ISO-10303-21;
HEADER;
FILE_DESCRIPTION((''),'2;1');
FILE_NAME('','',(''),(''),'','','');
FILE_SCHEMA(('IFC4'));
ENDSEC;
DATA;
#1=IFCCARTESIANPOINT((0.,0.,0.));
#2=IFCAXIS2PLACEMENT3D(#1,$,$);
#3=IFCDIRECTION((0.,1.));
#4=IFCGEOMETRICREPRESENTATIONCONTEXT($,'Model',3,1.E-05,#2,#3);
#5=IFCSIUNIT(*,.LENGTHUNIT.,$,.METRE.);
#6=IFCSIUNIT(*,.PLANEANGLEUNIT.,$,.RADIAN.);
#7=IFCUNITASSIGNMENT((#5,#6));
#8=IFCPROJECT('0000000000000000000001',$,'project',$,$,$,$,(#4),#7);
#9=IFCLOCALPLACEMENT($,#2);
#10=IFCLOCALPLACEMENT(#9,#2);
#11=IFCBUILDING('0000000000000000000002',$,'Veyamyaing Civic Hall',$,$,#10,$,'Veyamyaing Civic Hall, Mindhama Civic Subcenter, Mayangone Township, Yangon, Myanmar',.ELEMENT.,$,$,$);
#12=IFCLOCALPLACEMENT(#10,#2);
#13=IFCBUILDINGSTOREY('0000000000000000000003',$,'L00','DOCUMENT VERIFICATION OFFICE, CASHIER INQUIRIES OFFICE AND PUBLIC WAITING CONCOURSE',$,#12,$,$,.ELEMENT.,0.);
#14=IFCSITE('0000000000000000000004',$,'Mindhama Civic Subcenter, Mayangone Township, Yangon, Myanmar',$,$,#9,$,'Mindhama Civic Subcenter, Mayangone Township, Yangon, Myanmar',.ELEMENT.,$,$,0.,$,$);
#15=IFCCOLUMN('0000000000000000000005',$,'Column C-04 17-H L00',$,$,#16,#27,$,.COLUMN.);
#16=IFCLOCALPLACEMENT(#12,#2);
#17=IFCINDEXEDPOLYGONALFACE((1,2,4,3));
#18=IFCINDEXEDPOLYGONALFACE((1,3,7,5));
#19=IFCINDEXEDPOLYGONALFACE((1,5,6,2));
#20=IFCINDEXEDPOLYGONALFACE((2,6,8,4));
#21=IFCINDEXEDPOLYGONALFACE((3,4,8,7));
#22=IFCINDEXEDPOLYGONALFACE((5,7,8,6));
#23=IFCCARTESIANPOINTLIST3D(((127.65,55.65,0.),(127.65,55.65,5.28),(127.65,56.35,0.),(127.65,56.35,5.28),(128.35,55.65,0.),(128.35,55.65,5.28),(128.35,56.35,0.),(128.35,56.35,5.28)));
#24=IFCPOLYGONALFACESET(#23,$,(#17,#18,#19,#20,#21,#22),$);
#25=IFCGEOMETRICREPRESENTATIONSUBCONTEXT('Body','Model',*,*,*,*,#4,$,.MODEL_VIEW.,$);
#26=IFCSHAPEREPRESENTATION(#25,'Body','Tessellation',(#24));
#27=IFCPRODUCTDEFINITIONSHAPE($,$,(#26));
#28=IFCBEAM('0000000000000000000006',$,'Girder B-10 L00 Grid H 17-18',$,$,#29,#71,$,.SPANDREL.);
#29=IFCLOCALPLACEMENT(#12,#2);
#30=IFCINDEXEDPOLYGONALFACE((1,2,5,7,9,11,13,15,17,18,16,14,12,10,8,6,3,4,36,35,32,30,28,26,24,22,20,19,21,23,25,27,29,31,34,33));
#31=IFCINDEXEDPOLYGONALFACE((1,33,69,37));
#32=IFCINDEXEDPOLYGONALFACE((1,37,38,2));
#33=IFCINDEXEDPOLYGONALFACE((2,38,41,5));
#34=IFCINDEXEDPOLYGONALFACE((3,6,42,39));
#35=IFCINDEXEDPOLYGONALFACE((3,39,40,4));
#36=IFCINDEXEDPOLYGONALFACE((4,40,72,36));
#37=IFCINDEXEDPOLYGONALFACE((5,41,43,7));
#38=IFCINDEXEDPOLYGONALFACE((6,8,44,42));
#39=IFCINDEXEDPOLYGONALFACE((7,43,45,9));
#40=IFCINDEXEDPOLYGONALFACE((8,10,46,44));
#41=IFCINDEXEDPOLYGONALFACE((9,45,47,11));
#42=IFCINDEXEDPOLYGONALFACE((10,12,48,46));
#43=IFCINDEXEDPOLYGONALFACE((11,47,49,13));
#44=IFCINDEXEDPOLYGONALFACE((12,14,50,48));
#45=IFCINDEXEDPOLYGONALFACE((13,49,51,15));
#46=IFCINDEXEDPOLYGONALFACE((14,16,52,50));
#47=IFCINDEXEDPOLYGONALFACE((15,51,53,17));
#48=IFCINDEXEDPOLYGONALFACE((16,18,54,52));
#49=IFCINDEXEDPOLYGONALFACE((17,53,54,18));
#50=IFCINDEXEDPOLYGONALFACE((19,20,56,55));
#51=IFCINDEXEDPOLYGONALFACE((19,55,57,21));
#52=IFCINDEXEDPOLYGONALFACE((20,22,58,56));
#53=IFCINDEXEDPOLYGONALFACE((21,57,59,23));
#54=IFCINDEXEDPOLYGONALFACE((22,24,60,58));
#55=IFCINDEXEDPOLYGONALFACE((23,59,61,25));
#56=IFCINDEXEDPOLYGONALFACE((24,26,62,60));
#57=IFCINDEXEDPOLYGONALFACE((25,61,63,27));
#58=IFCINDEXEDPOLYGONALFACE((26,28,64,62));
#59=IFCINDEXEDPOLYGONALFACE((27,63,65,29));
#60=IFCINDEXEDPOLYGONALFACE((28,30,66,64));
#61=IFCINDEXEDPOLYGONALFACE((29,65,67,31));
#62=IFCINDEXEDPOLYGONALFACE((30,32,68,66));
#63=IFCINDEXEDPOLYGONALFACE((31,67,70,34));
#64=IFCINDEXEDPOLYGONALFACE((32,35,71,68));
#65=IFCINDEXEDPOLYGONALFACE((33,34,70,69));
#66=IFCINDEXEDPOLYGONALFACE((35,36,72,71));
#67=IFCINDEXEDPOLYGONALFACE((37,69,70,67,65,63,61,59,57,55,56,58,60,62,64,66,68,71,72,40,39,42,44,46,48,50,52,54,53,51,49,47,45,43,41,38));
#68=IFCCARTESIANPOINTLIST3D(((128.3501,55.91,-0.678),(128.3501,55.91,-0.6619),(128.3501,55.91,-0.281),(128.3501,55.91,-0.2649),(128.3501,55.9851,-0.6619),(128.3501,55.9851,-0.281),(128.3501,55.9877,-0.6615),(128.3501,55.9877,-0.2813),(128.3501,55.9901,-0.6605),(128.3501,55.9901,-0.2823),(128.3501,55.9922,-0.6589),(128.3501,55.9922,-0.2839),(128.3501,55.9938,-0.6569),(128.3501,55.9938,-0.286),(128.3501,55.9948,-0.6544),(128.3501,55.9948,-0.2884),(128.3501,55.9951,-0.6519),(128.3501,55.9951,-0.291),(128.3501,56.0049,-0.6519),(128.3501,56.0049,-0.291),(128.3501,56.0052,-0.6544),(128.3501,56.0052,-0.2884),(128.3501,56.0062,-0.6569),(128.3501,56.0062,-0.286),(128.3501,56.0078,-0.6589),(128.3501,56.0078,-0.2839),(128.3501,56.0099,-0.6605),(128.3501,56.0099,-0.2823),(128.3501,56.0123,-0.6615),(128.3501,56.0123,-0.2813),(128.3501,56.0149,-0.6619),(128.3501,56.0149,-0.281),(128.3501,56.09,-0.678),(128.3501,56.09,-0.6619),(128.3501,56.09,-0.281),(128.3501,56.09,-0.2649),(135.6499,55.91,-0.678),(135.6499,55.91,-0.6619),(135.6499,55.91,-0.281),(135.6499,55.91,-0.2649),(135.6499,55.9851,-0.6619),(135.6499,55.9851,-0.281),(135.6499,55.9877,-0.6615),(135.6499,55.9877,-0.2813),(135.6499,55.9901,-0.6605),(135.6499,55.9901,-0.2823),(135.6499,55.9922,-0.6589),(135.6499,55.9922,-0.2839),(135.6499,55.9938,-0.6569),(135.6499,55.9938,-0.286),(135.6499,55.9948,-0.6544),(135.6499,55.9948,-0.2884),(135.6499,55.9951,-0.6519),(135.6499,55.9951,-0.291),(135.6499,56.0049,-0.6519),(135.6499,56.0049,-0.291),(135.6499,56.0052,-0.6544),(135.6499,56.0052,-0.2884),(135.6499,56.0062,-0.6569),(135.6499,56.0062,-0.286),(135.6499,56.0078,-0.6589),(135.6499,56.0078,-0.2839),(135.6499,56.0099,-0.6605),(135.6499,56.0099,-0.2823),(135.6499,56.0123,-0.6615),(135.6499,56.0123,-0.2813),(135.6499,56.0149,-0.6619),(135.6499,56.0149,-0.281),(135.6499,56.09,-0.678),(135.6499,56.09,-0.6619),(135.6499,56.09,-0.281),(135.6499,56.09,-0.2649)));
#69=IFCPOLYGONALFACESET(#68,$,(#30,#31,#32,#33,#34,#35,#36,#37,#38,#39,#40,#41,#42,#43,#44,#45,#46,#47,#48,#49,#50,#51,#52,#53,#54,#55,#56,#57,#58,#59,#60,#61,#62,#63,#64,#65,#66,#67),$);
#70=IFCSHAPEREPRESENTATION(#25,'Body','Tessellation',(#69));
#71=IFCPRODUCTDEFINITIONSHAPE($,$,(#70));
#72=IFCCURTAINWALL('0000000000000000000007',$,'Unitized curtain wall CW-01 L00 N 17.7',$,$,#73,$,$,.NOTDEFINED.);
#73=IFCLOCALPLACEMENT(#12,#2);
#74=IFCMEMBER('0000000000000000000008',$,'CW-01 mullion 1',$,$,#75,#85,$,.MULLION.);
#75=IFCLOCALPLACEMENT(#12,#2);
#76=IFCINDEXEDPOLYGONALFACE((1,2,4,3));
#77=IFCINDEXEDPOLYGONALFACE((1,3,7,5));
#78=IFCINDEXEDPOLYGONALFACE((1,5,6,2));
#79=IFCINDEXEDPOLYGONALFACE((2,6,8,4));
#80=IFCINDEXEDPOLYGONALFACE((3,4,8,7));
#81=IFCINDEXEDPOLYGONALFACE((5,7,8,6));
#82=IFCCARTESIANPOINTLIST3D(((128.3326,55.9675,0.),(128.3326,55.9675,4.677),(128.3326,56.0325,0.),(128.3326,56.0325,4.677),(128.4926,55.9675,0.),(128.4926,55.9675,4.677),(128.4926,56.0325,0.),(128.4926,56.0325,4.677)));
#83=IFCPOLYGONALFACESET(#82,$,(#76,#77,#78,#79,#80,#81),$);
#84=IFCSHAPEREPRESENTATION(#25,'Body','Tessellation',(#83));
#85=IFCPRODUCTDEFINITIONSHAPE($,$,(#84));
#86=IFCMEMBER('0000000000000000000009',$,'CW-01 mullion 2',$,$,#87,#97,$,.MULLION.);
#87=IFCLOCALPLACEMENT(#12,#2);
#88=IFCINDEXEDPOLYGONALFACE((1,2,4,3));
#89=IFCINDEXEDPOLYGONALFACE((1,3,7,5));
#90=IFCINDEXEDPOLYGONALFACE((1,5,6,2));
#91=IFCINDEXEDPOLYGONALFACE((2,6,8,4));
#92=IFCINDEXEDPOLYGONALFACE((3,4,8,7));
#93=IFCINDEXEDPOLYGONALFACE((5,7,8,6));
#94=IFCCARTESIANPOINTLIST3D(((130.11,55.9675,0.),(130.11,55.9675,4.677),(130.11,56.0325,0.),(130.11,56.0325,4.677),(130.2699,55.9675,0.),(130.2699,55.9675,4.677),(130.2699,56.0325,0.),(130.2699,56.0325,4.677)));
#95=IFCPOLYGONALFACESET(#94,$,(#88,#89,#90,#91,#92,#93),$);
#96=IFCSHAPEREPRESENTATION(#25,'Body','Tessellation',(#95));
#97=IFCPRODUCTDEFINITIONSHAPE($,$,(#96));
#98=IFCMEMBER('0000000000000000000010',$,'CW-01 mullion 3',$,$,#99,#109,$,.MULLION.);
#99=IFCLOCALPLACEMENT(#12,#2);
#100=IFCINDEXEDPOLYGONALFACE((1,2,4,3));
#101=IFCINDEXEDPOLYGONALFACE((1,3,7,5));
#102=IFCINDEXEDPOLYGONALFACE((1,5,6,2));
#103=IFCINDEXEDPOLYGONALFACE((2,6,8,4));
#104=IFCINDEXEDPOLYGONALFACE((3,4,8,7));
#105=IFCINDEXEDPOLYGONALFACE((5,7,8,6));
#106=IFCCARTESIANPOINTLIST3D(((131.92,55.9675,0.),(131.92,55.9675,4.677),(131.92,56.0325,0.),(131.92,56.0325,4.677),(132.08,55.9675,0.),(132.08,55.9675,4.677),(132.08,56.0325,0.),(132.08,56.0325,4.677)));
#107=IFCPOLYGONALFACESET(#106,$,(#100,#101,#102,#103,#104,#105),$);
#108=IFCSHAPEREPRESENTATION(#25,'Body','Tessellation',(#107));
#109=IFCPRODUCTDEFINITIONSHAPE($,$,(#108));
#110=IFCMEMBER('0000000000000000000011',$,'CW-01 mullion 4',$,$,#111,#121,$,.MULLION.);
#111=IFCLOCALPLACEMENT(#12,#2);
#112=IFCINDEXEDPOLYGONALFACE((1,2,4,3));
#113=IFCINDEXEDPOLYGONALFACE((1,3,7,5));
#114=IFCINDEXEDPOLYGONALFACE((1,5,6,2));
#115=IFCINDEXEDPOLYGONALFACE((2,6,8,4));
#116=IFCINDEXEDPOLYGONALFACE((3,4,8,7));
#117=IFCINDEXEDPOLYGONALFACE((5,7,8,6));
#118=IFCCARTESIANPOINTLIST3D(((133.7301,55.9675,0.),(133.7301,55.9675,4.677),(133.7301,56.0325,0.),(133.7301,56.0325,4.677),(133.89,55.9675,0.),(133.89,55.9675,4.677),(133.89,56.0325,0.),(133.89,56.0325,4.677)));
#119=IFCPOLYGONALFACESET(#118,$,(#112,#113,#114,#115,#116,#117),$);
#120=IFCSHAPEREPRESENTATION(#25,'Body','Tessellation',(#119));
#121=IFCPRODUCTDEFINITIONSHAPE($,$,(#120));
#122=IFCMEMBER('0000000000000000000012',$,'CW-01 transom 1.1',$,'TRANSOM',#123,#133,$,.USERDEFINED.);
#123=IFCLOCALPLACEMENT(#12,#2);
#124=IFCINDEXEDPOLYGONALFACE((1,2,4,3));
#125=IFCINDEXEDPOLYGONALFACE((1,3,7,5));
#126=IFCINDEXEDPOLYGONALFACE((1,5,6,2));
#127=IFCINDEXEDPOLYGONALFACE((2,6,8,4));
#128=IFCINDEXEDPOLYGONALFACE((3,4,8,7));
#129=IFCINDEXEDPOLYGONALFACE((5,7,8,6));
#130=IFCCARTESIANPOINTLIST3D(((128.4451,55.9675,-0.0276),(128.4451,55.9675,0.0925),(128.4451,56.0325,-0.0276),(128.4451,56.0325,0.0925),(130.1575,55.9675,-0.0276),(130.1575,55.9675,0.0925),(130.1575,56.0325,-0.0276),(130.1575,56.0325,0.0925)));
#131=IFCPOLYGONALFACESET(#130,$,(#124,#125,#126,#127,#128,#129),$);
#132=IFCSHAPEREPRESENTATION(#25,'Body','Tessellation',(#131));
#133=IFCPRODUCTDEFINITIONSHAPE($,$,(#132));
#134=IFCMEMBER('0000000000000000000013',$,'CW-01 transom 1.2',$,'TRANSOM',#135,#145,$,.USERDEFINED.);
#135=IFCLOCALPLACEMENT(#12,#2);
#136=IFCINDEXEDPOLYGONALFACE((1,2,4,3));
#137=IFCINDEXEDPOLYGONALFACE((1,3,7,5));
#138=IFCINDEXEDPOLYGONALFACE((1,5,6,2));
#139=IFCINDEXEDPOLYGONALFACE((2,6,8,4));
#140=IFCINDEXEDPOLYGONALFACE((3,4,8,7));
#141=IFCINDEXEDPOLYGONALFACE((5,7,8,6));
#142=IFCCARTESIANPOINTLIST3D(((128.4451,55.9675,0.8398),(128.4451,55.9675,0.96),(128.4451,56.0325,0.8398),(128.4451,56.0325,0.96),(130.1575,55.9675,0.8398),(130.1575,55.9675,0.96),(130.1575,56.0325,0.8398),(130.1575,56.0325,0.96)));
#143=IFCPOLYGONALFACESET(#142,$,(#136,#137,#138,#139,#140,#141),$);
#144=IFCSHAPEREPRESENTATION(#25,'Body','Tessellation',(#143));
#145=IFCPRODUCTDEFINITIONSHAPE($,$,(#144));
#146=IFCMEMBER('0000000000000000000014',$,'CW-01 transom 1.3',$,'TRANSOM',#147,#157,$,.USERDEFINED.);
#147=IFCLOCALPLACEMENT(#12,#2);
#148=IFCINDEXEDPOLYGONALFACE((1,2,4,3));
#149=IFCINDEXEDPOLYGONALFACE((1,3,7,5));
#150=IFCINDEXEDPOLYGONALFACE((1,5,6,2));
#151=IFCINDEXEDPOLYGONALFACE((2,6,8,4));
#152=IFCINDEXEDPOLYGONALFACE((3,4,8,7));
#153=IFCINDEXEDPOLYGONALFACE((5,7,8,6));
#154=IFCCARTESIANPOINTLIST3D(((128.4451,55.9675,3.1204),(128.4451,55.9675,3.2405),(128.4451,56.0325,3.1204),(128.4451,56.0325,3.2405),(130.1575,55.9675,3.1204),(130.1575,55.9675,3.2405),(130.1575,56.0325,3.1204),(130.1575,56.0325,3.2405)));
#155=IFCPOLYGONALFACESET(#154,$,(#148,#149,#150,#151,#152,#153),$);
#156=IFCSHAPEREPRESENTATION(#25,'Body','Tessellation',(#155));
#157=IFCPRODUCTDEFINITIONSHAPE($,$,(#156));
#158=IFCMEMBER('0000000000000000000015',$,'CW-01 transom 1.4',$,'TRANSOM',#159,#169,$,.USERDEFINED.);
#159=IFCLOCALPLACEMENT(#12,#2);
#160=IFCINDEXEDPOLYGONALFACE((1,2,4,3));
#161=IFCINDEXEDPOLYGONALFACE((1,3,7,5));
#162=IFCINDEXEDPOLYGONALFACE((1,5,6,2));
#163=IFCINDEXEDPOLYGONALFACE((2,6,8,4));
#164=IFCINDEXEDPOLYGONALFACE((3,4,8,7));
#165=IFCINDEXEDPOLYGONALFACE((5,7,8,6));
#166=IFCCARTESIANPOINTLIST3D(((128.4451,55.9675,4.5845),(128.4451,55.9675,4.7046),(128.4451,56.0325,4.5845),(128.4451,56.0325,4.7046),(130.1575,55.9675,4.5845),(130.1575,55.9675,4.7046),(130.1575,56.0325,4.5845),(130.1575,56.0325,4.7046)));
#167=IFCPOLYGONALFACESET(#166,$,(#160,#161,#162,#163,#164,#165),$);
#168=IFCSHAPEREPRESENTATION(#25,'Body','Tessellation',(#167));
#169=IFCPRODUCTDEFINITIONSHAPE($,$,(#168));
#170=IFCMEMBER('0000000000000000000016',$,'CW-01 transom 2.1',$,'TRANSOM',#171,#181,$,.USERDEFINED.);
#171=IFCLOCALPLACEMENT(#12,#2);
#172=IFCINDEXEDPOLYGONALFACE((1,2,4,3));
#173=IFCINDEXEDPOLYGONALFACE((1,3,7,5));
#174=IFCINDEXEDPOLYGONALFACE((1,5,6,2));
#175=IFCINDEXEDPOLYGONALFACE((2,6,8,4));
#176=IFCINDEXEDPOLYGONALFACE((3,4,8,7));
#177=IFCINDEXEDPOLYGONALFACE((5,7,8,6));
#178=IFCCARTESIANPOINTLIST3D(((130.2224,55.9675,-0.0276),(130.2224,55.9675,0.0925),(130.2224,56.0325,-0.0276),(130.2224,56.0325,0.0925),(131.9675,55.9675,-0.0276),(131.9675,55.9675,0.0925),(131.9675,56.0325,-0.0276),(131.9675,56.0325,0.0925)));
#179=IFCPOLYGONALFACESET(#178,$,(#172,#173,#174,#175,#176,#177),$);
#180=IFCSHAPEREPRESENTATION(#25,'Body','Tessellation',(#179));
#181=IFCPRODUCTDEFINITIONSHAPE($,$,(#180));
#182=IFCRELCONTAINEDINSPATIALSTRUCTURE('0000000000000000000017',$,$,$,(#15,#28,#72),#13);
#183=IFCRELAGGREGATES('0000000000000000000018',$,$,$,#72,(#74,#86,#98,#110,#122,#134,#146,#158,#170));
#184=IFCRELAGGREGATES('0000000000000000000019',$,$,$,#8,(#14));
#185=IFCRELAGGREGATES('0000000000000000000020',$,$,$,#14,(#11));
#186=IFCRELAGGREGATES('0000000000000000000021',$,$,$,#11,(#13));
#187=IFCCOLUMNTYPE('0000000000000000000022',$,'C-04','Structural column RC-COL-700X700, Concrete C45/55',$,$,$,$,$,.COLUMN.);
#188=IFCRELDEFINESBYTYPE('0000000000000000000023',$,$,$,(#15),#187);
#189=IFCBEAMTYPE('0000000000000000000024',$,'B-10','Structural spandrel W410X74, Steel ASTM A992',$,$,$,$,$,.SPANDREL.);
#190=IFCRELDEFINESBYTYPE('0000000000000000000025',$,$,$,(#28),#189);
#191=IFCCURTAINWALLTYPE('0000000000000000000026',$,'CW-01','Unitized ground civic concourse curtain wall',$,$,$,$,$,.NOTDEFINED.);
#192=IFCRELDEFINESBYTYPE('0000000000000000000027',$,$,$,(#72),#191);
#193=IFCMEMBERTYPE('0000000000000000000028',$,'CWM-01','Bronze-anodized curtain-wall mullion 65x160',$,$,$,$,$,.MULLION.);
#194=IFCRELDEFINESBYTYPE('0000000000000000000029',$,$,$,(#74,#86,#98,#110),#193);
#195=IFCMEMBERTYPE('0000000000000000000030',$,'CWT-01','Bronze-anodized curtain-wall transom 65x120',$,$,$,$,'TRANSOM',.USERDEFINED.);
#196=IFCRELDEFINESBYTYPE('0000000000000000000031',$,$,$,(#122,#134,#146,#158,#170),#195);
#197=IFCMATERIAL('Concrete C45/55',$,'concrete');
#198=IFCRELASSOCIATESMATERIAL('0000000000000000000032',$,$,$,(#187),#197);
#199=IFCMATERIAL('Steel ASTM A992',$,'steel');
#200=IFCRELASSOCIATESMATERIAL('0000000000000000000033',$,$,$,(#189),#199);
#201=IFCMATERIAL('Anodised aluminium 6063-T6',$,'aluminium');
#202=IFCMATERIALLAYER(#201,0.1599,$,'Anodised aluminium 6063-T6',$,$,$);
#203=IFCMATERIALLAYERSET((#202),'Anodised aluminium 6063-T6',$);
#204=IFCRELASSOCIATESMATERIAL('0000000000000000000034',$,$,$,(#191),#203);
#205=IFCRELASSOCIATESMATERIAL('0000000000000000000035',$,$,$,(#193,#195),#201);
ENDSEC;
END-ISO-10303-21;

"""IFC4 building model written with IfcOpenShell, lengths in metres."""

from ifc_helpers import new_model, si_unit, direction, frame, origin, origin_2d, place, context, subcontext, project, spatial, rectangle, i_section, extrude, material, layer, layer_set, material_profile, profile_set, type_object, element, aggregate, save


model = new_model("IFC4")

# Units and contexts
model_context = context("Model", 3, precision=1e-05, world=origin(), true_north=direction((0.0, 1.0)))
body_context = subcontext(model_context, "Body", "Model", "MODEL_VIEW")
ifc_project = project(units=[si_unit("LENGTHUNIT", "METRE"), si_unit("PLANEANGLEUNIT", "RADIAN")], contexts=[model_context])

# Site, building, storey
site_placement = place(None, origin())
site = spatial("IfcSite", under=ifc_project, at=site_placement, Name="Mindhama Civic Subcenter, Mayangone Township, Yangon, Myanmar", LongName="Mindhama Civic Subcenter, Mayangone Township, Yangon, Myanmar", CompositionType="ELEMENT", RefElevation=0.0)
building_placement = place(site_placement, origin())
building = spatial("IfcBuilding", under=site, at=building_placement, Name="Veyamyaing Civic Hall", LongName="Veyamyaing Civic Hall, Mindhama Civic Subcenter, Mayangone Township, Yangon, Myanmar", CompositionType="ELEMENT")
storey_placement = place(building_placement, origin())
storey = spatial("IfcBuildingStorey", under=building, at=storey_placement, Name="L00", Description="DOCUMENT VERIFICATION OFFICE, CASHIER INQUIRIES OFFICE AND PUBLIC WAITING CONCOURSE", CompositionType="ELEMENT", Elevation=0.0)

# Column
ifc_material_1 = material(Name="Concrete C45/55", Category="concrete")
ifc_material_profile_1 = material_profile(ifc_material_1, rectangle(XDim=0.7, YDim=0.7, at=origin_2d()), Name="RC-COL-700X700")
ifc_profile_set_1 = profile_set([ifc_material_profile_1], Name="Concrete C45/55")
column_type = type_object("IfcColumnType", Name="C-04", Description="Structural column RC-COL-700X700, Concrete C45/55", PredefinedType="COLUMN", material=ifc_profile_set_1)
column_placement = place(storey_placement, frame((128.0, 56.0, 0.0), z_axis=(0.0, 0.0, 1.0), x_axis=(1.0, 0.0, 0.0)))
element("IfcColumn", 1, at=column_placement, inside=storey, type_object=column_type, Name="Column C-04 17-H L00", PredefinedType="COLUMN", context=body_context, shape_type="SweptSolid", body=[
    extrude(rectangle(XDim=0.7, YDim=0.7, at=origin_2d()), origin(), (0.0, 0.0, 1.0), 5.28),
])

# Beam
ifc_material_2 = material(Name="Steel ASTM A992", Category="steel")
ifc_material_profile_2 = material_profile(ifc_material_2, i_section(OverallWidth=0.1799, OverallDepth=0.4131, WebThickness=0.0098, FlangeThickness=0.0161, FilletRadius=0.01, at=origin_2d()), Name="W410X74")
ifc_profile_set_2 = profile_set([ifc_material_profile_2], Name="Steel ASTM A992")
beam_type = type_object("IfcBeamType", Name="B-10", Description="Structural spandrel W410X74, Steel ASTM A992", PredefinedType="SPANDREL", material=ifc_profile_set_2)
beam_placement = place(storey_placement, frame((128.3501, 56.0, -0.4714), z_axis=(1.0, 0.0, 0.0), x_axis=(0.0, 1.0, 0.0)))
element("IfcBeam", 2, at=beam_placement, inside=storey, type_object=beam_type, Name="Girder B-10 L00 Grid H 17-18", PredefinedType="SPANDREL", context=body_context, shape_type="SweptSolid", body=[
    extrude(i_section(OverallWidth=0.1799, OverallDepth=0.4131, WebThickness=0.0098, FlangeThickness=0.0161, FilletRadius=0.01, at=origin_2d()), origin(), (0.0, 0.0, 1.0), 7.2998),
])

# Curtain wall, members
ifc_material_3 = material(Name="Anodised aluminium 6063-T6", Category="aluminium")
ifc_layer_1 = layer(ifc_material_3, 0.1599, Name="Anodised aluminium 6063-T6")
ifc_layer_set_1 = layer_set([ifc_layer_1], Name="Anodised aluminium 6063-T6")
curtain_wall_type = type_object("IfcCurtainWallType", Name="CW-01", Description="Unitized ground civic concourse curtain wall", PredefinedType="NOTDEFINED", material=ifc_layer_set_1)
curtain_wall_placement = place(storey_placement, origin())
curtain_wall = element("IfcCurtainWall", 3, at=curtain_wall_placement, inside=storey, type_object=curtain_wall_type, Name="Unitized curtain wall CW-01 L00 N 17.7", PredefinedType="NOTDEFINED")
ifc_material_profile_3 = material_profile(ifc_material_3, rectangle(XDim=0.0649, YDim=0.1599, at=origin_2d()), Name="ALU-MUL-65X160")
ifc_profile_set_3 = profile_set([ifc_material_profile_3], Name="Anodised aluminium 6063-T6")
member_type_1 = type_object("IfcMemberType", Name="CWM-01", Description="Bronze-anodized curtain-wall mullion 65x160", PredefinedType="MULLION", material=ifc_profile_set_3)
member_1_placement = place(storey_placement, frame((128.4126, 56.0, 0.0), z_axis=(0.0, 0.0, 1.0), x_axis=(0.0, 1.0, 0.0)))
member_1 = element("IfcMember", 4, at=member_1_placement, type_object=member_type_1, Name="CW-01 mullion 1", PredefinedType="MULLION", context=body_context, shape_type="SweptSolid", body=[
    extrude(rectangle(XDim=0.0649, YDim=0.1599, at=origin_2d()), origin(), (0.0, 0.0, 1.0), 4.677),
])
member_2_placement = place(storey_placement, frame((130.1899, 56.0, 0.0), z_axis=(0.0, 0.0, 1.0), x_axis=(0.0, 1.0, 0.0)))
member_2 = element("IfcMember", 5, at=member_2_placement, type_object=member_type_1, Name="CW-01 mullion 2", PredefinedType="MULLION", context=body_context, shape_type="SweptSolid", body=[
    extrude(rectangle(XDim=0.0649, YDim=0.1599, at=origin_2d()), origin(), (0.0, 0.0, 1.0), 4.677),
])
member_3_placement = place(storey_placement, frame((132.0, 56.0, 0.0), z_axis=(0.0, 0.0, 1.0), x_axis=(0.0, 1.0, 0.0)))
member_3 = element("IfcMember", 6, at=member_3_placement, type_object=member_type_1, Name="CW-01 mullion 3", PredefinedType="MULLION", context=body_context, shape_type="SweptSolid", body=[
    extrude(rectangle(XDim=0.0649, YDim=0.1599, at=origin_2d()), origin(), (0.0, 0.0, 1.0), 4.677),
])
member_4_placement = place(storey_placement, frame((133.8101, 56.0, 0.0), z_axis=(0.0, 0.0, 1.0), x_axis=(0.0, 1.0, 0.0)))
member_4 = element("IfcMember", 7, at=member_4_placement, type_object=member_type_1, Name="CW-01 mullion 4", PredefinedType="MULLION", context=body_context, shape_type="SweptSolid", body=[
    extrude(rectangle(XDim=0.0649, YDim=0.1599, at=origin_2d()), origin(), (0.0, 0.0, 1.0), 4.677),
])
ifc_material_profile_4 = material_profile(ifc_material_3, rectangle(XDim=0.0649, YDim=0.1201, at=origin_2d()), Name="ALU-TRN-65X120")
ifc_profile_set_4 = profile_set([ifc_material_profile_4], Name="Anodised aluminium 6063-T6")
member_type_2 = type_object("IfcMemberType", Name="CWT-01", Description="Bronze-anodized curtain-wall transom 65x120", ElementType="TRANSOM", PredefinedType="USERDEFINED", material=ifc_profile_set_4)
member_5_placement = place(storey_placement, frame((128.4451, 56.0, 0.0325), z_axis=(1.0, 0.0, 0.0), x_axis=(0.0, 1.0, 0.0)))
member_5 = element("IfcMember", 8, at=member_5_placement, type_object=member_type_2, Name="CW-01 transom 1.1", ObjectType="TRANSOM", PredefinedType="USERDEFINED", context=body_context, shape_type="SweptSolid", body=[
    extrude(rectangle(XDim=0.0649, YDim=0.1201, at=origin_2d()), origin(), (0.0, 0.0, 1.0), 1.7124),
])
member_6_placement = place(storey_placement, frame((128.4451, 56.0, 0.8999), z_axis=(1.0, 0.0, 0.0), x_axis=(0.0, 1.0, 0.0)))
member_6 = element("IfcMember", 9, at=member_6_placement, type_object=member_type_2, Name="CW-01 transom 1.2", ObjectType="TRANSOM", PredefinedType="USERDEFINED", context=body_context, shape_type="SweptSolid", body=[
    extrude(rectangle(XDim=0.0649, YDim=0.1201, at=origin_2d()), origin(), (0.0, 0.0, 1.0), 1.7124),
])
member_7_placement = place(storey_placement, frame((128.4451, 56.0, 3.1804), z_axis=(1.0, 0.0, 0.0), x_axis=(0.0, 1.0, 0.0)))
member_7 = element("IfcMember", 10, at=member_7_placement, type_object=member_type_2, Name="CW-01 transom 1.3", ObjectType="TRANSOM", PredefinedType="USERDEFINED", context=body_context, shape_type="SweptSolid", body=[
    extrude(rectangle(XDim=0.0649, YDim=0.1201, at=origin_2d()), origin(), (0.0, 0.0, 1.0), 1.7124),
])
member_8_placement = place(storey_placement, frame((128.4451, 56.0, 4.6445), z_axis=(1.0, 0.0, 0.0), x_axis=(0.0, 1.0, 0.0)))
member_8 = element("IfcMember", 11, at=member_8_placement, type_object=member_type_2, Name="CW-01 transom 1.4", ObjectType="TRANSOM", PredefinedType="USERDEFINED", context=body_context, shape_type="SweptSolid", body=[
    extrude(rectangle(XDim=0.0649, YDim=0.1201, at=origin_2d()), origin(), (0.0, 0.0, 1.0), 1.7124),
])
member_9_placement = place(storey_placement, frame((130.2224, 56.0, 0.0325), z_axis=(1.0, 0.0, 0.0), x_axis=(0.0, 1.0, 0.0)))
member_9 = element("IfcMember", 12, at=member_9_placement, type_object=member_type_2, Name="CW-01 transom 2.1", ObjectType="TRANSOM", PredefinedType="USERDEFINED", context=body_context, shape_type="SweptSolid", body=[
    extrude(rectangle(XDim=0.0649, YDim=0.1201, at=origin_2d()), origin(), (0.0, 0.0, 1.0), 1.7451),
])
aggregate(curtain_wall, [member_1, member_2, member_3, member_4, member_5, member_6, member_7, member_8, member_9])

save(model, "model.ifc")
